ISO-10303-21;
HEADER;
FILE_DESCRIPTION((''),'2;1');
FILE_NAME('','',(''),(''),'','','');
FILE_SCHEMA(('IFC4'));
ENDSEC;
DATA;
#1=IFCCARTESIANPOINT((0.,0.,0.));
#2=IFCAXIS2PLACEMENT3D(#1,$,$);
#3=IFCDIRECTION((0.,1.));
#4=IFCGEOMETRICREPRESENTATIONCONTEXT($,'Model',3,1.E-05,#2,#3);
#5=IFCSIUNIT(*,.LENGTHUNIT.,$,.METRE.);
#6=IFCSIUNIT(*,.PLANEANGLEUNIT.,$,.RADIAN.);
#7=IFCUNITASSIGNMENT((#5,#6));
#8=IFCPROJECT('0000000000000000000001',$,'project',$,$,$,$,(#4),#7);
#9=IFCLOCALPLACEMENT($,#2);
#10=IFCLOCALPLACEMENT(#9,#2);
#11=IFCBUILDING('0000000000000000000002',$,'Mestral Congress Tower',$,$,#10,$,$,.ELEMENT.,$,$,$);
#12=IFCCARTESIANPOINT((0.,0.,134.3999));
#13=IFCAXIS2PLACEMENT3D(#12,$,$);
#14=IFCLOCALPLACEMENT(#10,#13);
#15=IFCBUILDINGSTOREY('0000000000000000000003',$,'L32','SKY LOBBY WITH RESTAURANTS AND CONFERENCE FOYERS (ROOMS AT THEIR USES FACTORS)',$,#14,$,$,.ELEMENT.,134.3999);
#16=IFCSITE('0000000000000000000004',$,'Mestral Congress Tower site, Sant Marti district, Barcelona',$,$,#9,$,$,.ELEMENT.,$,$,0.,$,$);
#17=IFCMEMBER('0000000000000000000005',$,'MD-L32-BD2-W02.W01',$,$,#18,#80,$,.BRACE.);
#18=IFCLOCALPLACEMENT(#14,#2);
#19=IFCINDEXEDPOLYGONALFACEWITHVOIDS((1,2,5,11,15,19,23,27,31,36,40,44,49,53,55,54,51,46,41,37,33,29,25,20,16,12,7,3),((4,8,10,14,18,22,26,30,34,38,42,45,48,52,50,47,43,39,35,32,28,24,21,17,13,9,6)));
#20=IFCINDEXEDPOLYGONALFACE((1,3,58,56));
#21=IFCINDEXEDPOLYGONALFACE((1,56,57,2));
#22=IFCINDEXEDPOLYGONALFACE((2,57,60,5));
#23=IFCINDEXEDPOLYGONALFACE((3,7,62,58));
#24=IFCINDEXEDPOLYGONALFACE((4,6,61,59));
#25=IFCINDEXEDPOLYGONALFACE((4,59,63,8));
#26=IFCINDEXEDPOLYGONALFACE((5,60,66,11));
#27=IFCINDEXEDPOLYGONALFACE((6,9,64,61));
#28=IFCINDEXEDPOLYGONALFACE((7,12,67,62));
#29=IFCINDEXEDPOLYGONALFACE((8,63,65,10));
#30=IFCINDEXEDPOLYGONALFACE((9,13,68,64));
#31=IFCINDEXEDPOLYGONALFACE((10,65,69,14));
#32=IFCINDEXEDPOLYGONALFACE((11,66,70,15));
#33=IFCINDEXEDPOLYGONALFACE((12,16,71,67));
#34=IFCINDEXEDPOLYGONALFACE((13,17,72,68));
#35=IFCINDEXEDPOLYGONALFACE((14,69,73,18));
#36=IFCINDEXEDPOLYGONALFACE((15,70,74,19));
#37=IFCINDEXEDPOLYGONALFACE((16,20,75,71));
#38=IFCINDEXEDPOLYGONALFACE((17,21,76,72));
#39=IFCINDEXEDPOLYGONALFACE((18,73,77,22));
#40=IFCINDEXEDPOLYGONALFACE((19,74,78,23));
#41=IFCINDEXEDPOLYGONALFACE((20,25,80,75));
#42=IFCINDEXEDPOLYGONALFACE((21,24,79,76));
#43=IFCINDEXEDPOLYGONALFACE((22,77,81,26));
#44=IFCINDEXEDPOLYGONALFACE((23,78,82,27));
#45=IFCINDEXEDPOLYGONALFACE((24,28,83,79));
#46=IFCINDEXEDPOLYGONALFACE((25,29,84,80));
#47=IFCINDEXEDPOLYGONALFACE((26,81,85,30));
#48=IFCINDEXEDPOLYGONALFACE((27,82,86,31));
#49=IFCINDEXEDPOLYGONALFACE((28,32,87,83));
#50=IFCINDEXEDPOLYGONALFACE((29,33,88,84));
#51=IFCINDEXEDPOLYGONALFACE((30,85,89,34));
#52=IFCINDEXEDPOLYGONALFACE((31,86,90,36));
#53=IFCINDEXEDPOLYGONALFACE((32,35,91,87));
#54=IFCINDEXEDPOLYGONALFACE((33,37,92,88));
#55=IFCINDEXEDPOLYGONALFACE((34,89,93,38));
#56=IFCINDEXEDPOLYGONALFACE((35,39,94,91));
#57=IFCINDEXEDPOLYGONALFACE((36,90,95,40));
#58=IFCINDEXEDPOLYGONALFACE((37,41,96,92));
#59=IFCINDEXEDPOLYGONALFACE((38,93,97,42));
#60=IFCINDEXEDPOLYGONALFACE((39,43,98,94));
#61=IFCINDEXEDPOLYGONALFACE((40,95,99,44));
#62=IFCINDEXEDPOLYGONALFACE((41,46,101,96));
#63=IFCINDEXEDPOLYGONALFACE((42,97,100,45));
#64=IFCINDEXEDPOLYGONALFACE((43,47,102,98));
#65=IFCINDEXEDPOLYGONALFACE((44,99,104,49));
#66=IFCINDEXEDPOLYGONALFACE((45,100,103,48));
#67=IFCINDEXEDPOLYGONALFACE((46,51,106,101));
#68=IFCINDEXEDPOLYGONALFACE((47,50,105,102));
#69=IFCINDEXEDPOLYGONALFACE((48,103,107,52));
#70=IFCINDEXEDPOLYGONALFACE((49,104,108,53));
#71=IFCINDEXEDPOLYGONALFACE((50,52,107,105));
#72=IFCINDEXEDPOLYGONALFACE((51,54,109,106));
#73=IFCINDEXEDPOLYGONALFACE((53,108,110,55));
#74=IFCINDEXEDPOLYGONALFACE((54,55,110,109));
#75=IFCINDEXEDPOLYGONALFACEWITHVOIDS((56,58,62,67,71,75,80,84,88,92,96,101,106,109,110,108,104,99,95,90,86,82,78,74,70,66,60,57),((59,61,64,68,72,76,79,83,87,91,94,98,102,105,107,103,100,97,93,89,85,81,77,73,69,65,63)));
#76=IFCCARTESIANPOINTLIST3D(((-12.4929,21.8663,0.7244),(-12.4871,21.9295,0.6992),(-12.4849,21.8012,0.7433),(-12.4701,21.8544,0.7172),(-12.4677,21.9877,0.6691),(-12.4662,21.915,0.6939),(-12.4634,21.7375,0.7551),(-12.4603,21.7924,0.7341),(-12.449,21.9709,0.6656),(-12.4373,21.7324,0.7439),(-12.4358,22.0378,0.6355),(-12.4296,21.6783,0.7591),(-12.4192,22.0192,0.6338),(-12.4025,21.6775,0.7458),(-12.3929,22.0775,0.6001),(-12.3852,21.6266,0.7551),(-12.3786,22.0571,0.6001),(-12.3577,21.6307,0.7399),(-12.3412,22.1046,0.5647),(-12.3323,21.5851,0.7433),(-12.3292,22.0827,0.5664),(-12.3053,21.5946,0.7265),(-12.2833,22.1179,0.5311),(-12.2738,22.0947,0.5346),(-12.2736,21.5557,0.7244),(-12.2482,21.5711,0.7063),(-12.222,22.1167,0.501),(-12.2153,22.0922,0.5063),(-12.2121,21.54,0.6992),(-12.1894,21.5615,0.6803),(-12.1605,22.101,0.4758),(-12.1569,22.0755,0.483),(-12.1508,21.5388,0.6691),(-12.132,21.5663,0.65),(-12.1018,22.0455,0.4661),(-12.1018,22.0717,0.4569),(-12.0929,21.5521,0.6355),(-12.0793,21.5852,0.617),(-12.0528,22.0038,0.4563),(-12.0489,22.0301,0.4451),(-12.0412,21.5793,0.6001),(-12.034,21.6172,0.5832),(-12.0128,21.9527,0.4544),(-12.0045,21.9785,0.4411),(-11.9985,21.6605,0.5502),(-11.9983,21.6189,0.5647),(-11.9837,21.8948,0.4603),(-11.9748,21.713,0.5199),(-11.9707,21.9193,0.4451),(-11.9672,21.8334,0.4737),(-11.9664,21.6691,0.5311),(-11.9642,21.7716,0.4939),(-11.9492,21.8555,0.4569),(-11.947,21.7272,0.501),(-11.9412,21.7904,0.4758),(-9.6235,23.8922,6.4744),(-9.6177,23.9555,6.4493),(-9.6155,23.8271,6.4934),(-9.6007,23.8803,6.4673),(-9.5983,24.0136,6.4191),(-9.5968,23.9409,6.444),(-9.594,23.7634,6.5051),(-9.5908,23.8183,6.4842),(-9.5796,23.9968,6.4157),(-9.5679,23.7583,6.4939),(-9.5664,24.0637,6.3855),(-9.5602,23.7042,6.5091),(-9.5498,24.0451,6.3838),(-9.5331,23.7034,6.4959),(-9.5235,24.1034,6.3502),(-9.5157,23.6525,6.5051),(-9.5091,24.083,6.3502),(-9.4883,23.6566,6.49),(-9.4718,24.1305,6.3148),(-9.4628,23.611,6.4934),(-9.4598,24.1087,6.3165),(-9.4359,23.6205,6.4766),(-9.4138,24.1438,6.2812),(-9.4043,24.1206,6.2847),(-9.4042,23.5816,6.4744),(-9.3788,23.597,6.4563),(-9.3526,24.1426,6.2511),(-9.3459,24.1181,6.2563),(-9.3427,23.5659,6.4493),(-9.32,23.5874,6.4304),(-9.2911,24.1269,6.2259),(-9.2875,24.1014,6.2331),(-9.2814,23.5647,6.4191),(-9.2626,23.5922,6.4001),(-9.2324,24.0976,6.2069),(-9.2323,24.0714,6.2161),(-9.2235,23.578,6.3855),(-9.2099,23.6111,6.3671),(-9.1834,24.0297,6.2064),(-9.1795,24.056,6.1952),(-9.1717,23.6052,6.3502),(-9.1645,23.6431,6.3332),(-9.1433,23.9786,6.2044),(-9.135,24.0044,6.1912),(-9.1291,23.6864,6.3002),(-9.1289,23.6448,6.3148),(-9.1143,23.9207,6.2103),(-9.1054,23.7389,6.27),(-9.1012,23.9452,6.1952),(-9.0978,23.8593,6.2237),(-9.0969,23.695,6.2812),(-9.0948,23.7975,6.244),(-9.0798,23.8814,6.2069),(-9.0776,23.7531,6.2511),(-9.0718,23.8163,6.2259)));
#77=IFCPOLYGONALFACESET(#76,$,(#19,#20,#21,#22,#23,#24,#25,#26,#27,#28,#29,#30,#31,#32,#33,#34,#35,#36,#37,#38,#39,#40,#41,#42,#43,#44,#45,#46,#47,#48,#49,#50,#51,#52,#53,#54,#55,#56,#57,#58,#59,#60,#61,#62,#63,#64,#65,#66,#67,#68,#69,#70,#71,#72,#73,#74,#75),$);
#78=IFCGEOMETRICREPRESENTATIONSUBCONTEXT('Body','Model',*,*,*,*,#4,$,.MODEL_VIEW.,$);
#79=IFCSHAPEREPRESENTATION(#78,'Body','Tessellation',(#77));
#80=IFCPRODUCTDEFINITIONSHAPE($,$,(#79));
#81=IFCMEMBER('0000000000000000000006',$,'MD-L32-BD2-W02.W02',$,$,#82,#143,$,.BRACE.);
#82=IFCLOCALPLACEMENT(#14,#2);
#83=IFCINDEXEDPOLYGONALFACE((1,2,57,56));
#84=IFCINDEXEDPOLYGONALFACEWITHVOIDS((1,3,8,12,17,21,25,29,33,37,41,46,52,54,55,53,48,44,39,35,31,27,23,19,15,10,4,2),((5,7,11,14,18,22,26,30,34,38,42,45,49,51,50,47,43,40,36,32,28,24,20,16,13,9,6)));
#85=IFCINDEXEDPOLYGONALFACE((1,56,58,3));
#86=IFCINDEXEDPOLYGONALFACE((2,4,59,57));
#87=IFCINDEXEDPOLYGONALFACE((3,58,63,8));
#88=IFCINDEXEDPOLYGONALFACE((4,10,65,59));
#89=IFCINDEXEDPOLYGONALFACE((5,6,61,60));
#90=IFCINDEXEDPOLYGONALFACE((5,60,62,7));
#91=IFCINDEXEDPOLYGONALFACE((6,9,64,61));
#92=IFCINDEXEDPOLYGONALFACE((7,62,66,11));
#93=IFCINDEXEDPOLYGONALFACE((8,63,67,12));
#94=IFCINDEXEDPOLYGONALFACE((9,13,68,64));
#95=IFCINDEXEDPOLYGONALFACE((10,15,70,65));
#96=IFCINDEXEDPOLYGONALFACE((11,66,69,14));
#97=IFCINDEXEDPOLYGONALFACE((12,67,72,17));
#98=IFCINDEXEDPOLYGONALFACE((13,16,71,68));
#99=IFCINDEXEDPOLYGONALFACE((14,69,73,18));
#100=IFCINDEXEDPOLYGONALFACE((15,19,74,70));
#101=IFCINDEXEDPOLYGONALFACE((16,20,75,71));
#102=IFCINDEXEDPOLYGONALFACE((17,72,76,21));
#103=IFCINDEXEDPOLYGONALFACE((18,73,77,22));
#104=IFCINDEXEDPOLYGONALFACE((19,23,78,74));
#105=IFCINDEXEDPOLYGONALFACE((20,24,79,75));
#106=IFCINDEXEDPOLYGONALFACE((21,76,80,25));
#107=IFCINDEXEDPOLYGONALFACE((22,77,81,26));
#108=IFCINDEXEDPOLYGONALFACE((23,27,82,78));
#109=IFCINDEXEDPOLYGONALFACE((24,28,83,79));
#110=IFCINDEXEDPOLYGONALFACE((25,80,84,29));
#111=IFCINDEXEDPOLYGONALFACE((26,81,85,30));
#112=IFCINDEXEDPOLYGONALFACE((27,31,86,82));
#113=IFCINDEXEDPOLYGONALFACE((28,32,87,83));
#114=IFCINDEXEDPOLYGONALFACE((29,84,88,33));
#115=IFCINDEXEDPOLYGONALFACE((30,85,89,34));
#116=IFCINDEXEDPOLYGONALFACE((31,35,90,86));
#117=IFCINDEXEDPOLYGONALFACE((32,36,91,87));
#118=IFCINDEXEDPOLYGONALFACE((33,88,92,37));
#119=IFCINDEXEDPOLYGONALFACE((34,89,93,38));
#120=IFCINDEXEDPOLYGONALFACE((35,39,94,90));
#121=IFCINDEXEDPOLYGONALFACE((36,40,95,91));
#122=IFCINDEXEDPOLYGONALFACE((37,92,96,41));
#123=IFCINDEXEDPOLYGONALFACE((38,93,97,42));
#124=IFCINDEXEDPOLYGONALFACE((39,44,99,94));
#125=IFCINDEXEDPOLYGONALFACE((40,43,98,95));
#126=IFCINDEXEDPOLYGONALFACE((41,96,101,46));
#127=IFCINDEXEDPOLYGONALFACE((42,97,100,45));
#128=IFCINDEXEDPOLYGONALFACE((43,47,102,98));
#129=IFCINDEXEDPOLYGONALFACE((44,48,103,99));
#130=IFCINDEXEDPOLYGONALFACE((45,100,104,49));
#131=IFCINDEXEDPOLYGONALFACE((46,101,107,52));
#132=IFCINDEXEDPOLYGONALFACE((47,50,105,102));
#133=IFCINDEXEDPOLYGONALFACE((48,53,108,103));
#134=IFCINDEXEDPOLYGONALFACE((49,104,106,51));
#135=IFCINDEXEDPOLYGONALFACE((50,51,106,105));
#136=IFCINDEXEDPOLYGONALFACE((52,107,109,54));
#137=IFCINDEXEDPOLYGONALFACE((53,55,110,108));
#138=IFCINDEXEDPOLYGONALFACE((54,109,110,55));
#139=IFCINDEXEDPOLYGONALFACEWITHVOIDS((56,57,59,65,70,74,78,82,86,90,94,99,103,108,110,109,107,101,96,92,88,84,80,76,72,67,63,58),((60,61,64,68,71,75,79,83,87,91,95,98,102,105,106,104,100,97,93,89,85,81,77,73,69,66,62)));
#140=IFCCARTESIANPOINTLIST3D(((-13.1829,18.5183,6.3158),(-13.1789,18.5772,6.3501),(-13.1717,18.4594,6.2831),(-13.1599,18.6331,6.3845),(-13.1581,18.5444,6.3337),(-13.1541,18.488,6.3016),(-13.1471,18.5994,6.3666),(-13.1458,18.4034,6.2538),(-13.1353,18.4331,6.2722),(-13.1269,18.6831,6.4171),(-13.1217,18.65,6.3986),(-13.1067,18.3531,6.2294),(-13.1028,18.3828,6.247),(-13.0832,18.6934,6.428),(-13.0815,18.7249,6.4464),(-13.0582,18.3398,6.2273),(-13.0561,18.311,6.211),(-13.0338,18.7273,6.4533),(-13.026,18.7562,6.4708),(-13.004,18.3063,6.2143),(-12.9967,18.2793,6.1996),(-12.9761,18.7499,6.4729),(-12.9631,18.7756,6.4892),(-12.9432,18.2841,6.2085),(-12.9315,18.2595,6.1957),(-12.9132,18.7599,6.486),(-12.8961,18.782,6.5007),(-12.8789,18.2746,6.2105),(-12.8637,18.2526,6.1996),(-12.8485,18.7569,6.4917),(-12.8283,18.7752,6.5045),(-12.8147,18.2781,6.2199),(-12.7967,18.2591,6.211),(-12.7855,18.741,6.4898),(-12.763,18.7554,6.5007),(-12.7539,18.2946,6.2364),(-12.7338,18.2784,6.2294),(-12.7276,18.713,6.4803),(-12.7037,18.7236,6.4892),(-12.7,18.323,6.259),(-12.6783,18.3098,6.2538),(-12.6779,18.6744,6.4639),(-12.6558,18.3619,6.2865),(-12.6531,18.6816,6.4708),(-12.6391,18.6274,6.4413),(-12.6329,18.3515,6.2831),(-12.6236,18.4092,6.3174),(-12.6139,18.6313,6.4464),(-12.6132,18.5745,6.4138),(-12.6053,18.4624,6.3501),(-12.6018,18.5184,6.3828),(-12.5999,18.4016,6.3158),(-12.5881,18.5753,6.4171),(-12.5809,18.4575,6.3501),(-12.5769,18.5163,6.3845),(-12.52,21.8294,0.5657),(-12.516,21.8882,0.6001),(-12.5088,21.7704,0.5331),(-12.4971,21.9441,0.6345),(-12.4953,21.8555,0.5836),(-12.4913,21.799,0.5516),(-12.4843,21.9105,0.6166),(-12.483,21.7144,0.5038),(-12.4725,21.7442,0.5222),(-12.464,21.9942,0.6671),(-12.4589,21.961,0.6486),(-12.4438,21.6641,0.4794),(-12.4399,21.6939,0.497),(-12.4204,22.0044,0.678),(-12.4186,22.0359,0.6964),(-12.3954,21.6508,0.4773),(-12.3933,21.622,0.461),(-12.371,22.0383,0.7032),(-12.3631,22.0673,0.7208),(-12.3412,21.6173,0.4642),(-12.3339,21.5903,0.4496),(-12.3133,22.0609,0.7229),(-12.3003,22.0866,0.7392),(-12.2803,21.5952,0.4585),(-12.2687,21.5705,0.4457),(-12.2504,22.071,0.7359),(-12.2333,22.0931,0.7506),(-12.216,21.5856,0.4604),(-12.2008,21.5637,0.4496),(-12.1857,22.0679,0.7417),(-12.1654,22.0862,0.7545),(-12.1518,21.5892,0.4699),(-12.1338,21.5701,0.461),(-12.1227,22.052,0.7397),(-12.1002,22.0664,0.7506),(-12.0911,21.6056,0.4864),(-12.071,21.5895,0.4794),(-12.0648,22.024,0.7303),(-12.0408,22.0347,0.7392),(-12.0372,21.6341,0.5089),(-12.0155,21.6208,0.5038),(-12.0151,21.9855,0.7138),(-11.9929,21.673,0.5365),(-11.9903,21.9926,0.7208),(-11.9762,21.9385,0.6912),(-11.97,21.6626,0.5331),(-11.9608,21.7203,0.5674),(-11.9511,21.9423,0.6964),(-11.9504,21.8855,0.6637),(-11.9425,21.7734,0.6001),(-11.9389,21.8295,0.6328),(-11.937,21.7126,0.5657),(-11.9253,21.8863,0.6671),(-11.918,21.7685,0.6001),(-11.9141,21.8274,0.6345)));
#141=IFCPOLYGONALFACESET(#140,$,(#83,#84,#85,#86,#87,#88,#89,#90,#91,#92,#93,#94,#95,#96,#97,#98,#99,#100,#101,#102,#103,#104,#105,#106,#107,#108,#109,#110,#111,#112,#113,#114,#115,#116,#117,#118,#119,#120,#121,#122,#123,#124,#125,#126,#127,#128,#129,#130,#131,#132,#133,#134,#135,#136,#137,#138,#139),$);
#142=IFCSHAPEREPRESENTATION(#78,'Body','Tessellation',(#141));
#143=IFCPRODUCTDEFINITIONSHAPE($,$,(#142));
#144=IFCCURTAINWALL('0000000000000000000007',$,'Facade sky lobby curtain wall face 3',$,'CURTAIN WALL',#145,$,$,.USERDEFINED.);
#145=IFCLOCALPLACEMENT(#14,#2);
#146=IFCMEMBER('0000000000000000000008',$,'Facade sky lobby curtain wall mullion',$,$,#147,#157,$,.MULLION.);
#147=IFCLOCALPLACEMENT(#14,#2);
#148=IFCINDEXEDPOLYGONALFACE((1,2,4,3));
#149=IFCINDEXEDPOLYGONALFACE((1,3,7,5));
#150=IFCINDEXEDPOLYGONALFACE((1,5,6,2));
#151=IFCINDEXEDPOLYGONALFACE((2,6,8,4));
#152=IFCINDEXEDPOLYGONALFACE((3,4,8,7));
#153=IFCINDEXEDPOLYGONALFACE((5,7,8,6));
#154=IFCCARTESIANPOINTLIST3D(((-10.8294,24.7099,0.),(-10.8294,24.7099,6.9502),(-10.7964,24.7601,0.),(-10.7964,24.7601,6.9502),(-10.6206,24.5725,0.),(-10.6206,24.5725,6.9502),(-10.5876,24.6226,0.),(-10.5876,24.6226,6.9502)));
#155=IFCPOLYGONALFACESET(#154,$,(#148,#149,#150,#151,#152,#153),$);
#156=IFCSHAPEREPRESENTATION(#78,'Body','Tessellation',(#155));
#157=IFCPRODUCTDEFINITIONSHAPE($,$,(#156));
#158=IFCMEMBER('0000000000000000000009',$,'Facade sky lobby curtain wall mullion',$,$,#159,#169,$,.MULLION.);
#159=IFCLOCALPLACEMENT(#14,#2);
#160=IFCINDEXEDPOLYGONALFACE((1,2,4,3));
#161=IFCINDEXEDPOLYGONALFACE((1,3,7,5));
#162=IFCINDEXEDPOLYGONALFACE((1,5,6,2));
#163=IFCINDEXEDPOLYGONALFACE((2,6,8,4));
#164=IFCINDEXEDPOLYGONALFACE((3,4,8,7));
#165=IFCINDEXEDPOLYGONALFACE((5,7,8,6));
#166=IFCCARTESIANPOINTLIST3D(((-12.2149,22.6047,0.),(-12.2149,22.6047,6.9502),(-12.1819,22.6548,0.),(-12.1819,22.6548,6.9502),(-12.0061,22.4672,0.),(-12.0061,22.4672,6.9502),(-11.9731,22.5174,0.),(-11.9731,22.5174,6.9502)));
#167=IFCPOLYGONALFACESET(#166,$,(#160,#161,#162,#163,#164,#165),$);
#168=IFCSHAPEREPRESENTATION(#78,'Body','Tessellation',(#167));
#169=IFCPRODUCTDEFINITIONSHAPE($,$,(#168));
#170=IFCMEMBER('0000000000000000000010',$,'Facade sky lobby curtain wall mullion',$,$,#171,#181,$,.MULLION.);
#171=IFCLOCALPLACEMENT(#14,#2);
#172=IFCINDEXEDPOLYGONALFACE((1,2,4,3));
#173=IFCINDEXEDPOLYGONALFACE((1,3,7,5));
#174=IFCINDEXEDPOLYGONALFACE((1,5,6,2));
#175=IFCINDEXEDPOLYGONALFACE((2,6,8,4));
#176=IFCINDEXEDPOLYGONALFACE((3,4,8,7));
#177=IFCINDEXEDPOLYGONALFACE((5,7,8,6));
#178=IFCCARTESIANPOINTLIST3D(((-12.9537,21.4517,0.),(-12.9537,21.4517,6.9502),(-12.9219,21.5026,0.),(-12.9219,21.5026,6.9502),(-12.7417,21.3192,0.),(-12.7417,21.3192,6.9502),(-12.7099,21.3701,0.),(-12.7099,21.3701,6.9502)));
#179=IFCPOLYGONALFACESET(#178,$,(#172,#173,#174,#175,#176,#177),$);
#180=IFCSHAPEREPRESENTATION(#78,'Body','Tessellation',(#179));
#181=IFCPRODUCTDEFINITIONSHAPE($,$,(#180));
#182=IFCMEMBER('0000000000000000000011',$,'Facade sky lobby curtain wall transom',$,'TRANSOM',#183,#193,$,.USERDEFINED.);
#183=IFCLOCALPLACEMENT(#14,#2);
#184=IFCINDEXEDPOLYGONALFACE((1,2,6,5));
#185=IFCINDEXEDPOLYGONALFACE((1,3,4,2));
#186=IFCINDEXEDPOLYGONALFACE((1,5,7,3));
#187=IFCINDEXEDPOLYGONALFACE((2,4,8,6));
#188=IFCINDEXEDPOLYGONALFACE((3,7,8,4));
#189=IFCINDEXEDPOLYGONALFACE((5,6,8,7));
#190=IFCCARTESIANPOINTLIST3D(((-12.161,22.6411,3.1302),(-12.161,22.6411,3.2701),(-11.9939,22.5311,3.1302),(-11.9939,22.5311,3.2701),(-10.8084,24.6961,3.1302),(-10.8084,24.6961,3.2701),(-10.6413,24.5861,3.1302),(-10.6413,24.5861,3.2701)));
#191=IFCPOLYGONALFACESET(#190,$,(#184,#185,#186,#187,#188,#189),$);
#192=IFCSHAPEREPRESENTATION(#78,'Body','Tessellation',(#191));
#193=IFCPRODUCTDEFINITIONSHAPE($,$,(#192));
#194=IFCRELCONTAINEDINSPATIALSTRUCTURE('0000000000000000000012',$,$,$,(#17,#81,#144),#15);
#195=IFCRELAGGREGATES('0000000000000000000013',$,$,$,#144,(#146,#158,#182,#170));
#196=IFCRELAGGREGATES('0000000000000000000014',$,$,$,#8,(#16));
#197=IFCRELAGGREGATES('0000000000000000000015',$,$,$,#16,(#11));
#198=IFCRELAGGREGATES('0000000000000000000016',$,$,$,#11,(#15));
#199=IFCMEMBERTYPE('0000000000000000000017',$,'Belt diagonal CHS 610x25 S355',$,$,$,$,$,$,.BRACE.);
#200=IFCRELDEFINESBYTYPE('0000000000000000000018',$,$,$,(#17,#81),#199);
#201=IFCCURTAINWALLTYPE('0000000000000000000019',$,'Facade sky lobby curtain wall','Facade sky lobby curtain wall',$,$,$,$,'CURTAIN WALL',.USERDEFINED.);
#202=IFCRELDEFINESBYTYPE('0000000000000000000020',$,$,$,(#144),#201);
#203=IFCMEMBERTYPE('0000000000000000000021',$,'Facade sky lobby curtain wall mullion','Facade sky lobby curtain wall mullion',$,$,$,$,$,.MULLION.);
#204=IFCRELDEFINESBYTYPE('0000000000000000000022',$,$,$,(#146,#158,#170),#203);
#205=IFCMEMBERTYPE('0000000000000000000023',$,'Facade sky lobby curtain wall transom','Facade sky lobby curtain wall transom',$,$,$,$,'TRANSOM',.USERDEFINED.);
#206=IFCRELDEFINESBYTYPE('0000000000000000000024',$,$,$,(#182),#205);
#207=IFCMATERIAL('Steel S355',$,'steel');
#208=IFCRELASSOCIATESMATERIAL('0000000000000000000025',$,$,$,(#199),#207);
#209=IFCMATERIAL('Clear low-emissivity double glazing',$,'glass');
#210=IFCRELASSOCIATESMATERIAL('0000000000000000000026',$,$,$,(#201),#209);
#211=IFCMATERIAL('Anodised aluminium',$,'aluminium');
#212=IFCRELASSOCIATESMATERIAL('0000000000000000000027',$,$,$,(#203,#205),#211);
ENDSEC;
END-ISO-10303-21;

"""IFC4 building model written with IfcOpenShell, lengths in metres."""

from ifc_helpers import new_model, si_unit, direction, frame, origin, origin_2d, place, context, subcontext, project, spatial, rectangle, hollow_circle, extrude, material, material_profile, profile_set, type_object, element, aggregate, save


model = new_model("IFC4")

# Units and contexts
model_context = context("Model", 3, precision=1e-05, world=origin(), true_north=direction((0.0, 1.0)))
body_context = subcontext(model_context, "Body", "Model", "MODEL_VIEW")
ifc_project = project(units=[si_unit("LENGTHUNIT", "METRE"), si_unit("PLANEANGLEUNIT", "RADIAN")], contexts=[model_context])

# Site, building, storey
site_placement = place(None, origin())
site = spatial("IfcSite", under=ifc_project, at=site_placement, Name="Mestral Congress Tower site, Sant Marti district, Barcelona", CompositionType="ELEMENT", RefElevation=0.0)
building_placement = place(site_placement, origin())
building = spatial("IfcBuilding", under=site, at=building_placement, Name="Mestral Congress Tower", CompositionType="ELEMENT")
storey_placement = place(building_placement, frame((0.0, 0.0, 134.3999)))
storey = spatial("IfcBuildingStorey", under=building, at=storey_placement, Name="L32", Description="SKY LOBBY WITH RESTAURANTS AND CONFERENCE FOYERS (ROOMS AT THEIR USES FACTORS)", CompositionType="ELEMENT", Elevation=134.3999)

# Members
ifc_material_1 = material(Name="Steel S355", Category="steel")
ifc_material_profile_1 = material_profile(ifc_material_1, hollow_circle(Radius=0.3049, WallThickness=0.0249, at=origin_2d()), Name="CHS 610x25")
ifc_profile_set_1 = profile_set([ifc_material_profile_1], Name="Steel S355")
member_type_1 = type_object("IfcMemberType", Name="Belt diagonal CHS 610x25 S355", PredefinedType="BRACE", material=ifc_profile_set_1)
member_1_placement = place(storey_placement, frame((-12.217, 21.8284, 0.6001), z_axis=(0.425854, 0.300667, 0.853374), x_axis=(-0.576765, 0.81691, 0.0)))
element("IfcMember", 1, at=member_1_placement, inside=storey, type_object=member_type_1, Name="MD-L32-BD2-W02.W01", PredefinedType="BRACE", context=body_context, shape_type="SweptSolid", body=[
    extrude(hollow_circle(Radius=0.3049, WallThickness=0.0249, at=origin_2d()), origin(), (0.0, 0.0, 1.0), 6.738),
])
member_2_placement = place(storey_placement, frame((-12.217, 21.8284, 0.6001), z_axis=(-0.099403, -0.496542, 0.862302), x_axis=(0.980545, -0.196297, 0.0)))
element("IfcMember", 2, at=member_2_placement, inside=storey, type_object=member_type_1, Name="MD-L32-BD2-W02.W02", PredefinedType="BRACE", context=body_context, shape_type="SweptSolid", body=[
    extrude(hollow_circle(Radius=0.3049, WallThickness=0.0249, at=origin_2d()), origin(), (0.0, 0.0, 1.0), 6.6682),
])

# Curtain wall, members
ifc_material_2 = material(Name="Clear low-emissivity double glazing", Category="glass")
curtain_wall_type = type_object("IfcCurtainWallType", Name="Facade sky lobby curtain wall", Description="Facade sky lobby curtain wall", ElementType="CURTAIN WALL", PredefinedType="USERDEFINED", material=ifc_material_2)
placement = place(storey_placement, origin())
curtain_wall = element("IfcCurtainWall", 3, at=placement, inside=storey, type_object=curtain_wall_type, Name="Facade sky lobby curtain wall face 3", ObjectType="CURTAIN WALL", PredefinedType="USERDEFINED")
ifc_material_3 = material(Name="Anodised aluminium", Category="aluminium")
ifc_material_profile_2 = material_profile(ifc_material_3, rectangle(XDim=0.25, YDim=0.0601, at=origin_2d()), Name="CW1 mullion 250 x 60")
ifc_profile_set_2 = profile_set([ifc_material_profile_2], Name="Anodised aluminium")
member_type_2 = type_object("IfcMemberType", Name="Facade sky lobby curtain wall mullion", Description="Facade sky lobby curtain wall mullion", PredefinedType="MULLION", material=ifc_profile_set_2)
member_3_placement = place(storey_placement, frame((-10.7085, 24.6663, 0.0), z_axis=(0.0, 0.0, 1.0), x_axis=(-0.835326, 0.549755, 0.0)))
member_3 = element("IfcMember", 4, at=member_3_placement, type_object=member_type_2, Name="Facade sky lobby curtain wall mullion", PredefinedType="MULLION", context=body_context, shape_type="SweptSolid", body=[
    extrude(rectangle(XDim=0.25, YDim=0.0601, at=origin_2d()), origin(), (0.0, 0.0, 1.0), 6.9502),
])
member_4_placement = place(storey_placement, frame((-12.094, 22.561, 0.0), z_axis=(0.0, 0.0, 1.0), x_axis=(-0.835326, 0.549755, 0.0)))
member_4 = element("IfcMember", 5, at=member_4_placement, type_object=member_type_2, Name="Facade sky lobby curtain wall mullion", PredefinedType="MULLION", context=body_context, shape_type="SweptSolid", body=[
    extrude(rectangle(XDim=0.25, YDim=0.0601, at=origin_2d()), origin(), (0.0, 0.0, 1.0), 6.9502),
])
member_5_placement = place(storey_placement, frame((-12.8318, 21.4109, 0.0), z_axis=(0.0, 0.0, 1.0), x_axis=(-0.847961, 0.530058, 0.0)))
member_5 = element("IfcMember", 6, at=member_5_placement, type_object=member_type_2, Name="Facade sky lobby curtain wall mullion", PredefinedType="MULLION", context=body_context, shape_type="SweptSolid", body=[
    extrude(rectangle(XDim=0.25, YDim=0.0601, at=origin_2d()), origin(), (0.0, 0.0, 1.0), 6.9502),
])
ifc_material_profile_3 = material_profile(ifc_material_3, rectangle(XDim=0.2, YDim=0.1399, at=origin_2d()), Name="CW1 transom 200 x 140")
ifc_profile_set_3 = profile_set([ifc_material_profile_3], Name="Anodised aluminium")
member_type_3 = type_object("IfcMemberType", Name="Facade sky lobby curtain wall transom", Description="Facade sky lobby curtain wall transom", ElementType="TRANSOM", PredefinedType="USERDEFINED", material=ifc_profile_set_3)
member_6_placement = place(storey_placement, frame((-10.7249, 24.6411, 3.2002), z_axis=(-0.54979, -0.835303, 0.0), x_axis=(0.835303, -0.54979, 0.0)))
member_6 = element("IfcMember", 7, at=member_6_placement, type_object=member_type_3, Name="Facade sky lobby curtain wall transom", ObjectType="TRANSOM", PredefinedType="USERDEFINED", context=body_context, shape_type="SweptSolid", body=[
    extrude(rectangle(XDim=0.2, YDim=0.1399, at=origin_2d()), origin(), (0.0, 0.0, 1.0), 2.4602),
])

aggregate(curtain_wall, [member_3, member_4, member_6, member_5])

save(model, "model.ifc")
